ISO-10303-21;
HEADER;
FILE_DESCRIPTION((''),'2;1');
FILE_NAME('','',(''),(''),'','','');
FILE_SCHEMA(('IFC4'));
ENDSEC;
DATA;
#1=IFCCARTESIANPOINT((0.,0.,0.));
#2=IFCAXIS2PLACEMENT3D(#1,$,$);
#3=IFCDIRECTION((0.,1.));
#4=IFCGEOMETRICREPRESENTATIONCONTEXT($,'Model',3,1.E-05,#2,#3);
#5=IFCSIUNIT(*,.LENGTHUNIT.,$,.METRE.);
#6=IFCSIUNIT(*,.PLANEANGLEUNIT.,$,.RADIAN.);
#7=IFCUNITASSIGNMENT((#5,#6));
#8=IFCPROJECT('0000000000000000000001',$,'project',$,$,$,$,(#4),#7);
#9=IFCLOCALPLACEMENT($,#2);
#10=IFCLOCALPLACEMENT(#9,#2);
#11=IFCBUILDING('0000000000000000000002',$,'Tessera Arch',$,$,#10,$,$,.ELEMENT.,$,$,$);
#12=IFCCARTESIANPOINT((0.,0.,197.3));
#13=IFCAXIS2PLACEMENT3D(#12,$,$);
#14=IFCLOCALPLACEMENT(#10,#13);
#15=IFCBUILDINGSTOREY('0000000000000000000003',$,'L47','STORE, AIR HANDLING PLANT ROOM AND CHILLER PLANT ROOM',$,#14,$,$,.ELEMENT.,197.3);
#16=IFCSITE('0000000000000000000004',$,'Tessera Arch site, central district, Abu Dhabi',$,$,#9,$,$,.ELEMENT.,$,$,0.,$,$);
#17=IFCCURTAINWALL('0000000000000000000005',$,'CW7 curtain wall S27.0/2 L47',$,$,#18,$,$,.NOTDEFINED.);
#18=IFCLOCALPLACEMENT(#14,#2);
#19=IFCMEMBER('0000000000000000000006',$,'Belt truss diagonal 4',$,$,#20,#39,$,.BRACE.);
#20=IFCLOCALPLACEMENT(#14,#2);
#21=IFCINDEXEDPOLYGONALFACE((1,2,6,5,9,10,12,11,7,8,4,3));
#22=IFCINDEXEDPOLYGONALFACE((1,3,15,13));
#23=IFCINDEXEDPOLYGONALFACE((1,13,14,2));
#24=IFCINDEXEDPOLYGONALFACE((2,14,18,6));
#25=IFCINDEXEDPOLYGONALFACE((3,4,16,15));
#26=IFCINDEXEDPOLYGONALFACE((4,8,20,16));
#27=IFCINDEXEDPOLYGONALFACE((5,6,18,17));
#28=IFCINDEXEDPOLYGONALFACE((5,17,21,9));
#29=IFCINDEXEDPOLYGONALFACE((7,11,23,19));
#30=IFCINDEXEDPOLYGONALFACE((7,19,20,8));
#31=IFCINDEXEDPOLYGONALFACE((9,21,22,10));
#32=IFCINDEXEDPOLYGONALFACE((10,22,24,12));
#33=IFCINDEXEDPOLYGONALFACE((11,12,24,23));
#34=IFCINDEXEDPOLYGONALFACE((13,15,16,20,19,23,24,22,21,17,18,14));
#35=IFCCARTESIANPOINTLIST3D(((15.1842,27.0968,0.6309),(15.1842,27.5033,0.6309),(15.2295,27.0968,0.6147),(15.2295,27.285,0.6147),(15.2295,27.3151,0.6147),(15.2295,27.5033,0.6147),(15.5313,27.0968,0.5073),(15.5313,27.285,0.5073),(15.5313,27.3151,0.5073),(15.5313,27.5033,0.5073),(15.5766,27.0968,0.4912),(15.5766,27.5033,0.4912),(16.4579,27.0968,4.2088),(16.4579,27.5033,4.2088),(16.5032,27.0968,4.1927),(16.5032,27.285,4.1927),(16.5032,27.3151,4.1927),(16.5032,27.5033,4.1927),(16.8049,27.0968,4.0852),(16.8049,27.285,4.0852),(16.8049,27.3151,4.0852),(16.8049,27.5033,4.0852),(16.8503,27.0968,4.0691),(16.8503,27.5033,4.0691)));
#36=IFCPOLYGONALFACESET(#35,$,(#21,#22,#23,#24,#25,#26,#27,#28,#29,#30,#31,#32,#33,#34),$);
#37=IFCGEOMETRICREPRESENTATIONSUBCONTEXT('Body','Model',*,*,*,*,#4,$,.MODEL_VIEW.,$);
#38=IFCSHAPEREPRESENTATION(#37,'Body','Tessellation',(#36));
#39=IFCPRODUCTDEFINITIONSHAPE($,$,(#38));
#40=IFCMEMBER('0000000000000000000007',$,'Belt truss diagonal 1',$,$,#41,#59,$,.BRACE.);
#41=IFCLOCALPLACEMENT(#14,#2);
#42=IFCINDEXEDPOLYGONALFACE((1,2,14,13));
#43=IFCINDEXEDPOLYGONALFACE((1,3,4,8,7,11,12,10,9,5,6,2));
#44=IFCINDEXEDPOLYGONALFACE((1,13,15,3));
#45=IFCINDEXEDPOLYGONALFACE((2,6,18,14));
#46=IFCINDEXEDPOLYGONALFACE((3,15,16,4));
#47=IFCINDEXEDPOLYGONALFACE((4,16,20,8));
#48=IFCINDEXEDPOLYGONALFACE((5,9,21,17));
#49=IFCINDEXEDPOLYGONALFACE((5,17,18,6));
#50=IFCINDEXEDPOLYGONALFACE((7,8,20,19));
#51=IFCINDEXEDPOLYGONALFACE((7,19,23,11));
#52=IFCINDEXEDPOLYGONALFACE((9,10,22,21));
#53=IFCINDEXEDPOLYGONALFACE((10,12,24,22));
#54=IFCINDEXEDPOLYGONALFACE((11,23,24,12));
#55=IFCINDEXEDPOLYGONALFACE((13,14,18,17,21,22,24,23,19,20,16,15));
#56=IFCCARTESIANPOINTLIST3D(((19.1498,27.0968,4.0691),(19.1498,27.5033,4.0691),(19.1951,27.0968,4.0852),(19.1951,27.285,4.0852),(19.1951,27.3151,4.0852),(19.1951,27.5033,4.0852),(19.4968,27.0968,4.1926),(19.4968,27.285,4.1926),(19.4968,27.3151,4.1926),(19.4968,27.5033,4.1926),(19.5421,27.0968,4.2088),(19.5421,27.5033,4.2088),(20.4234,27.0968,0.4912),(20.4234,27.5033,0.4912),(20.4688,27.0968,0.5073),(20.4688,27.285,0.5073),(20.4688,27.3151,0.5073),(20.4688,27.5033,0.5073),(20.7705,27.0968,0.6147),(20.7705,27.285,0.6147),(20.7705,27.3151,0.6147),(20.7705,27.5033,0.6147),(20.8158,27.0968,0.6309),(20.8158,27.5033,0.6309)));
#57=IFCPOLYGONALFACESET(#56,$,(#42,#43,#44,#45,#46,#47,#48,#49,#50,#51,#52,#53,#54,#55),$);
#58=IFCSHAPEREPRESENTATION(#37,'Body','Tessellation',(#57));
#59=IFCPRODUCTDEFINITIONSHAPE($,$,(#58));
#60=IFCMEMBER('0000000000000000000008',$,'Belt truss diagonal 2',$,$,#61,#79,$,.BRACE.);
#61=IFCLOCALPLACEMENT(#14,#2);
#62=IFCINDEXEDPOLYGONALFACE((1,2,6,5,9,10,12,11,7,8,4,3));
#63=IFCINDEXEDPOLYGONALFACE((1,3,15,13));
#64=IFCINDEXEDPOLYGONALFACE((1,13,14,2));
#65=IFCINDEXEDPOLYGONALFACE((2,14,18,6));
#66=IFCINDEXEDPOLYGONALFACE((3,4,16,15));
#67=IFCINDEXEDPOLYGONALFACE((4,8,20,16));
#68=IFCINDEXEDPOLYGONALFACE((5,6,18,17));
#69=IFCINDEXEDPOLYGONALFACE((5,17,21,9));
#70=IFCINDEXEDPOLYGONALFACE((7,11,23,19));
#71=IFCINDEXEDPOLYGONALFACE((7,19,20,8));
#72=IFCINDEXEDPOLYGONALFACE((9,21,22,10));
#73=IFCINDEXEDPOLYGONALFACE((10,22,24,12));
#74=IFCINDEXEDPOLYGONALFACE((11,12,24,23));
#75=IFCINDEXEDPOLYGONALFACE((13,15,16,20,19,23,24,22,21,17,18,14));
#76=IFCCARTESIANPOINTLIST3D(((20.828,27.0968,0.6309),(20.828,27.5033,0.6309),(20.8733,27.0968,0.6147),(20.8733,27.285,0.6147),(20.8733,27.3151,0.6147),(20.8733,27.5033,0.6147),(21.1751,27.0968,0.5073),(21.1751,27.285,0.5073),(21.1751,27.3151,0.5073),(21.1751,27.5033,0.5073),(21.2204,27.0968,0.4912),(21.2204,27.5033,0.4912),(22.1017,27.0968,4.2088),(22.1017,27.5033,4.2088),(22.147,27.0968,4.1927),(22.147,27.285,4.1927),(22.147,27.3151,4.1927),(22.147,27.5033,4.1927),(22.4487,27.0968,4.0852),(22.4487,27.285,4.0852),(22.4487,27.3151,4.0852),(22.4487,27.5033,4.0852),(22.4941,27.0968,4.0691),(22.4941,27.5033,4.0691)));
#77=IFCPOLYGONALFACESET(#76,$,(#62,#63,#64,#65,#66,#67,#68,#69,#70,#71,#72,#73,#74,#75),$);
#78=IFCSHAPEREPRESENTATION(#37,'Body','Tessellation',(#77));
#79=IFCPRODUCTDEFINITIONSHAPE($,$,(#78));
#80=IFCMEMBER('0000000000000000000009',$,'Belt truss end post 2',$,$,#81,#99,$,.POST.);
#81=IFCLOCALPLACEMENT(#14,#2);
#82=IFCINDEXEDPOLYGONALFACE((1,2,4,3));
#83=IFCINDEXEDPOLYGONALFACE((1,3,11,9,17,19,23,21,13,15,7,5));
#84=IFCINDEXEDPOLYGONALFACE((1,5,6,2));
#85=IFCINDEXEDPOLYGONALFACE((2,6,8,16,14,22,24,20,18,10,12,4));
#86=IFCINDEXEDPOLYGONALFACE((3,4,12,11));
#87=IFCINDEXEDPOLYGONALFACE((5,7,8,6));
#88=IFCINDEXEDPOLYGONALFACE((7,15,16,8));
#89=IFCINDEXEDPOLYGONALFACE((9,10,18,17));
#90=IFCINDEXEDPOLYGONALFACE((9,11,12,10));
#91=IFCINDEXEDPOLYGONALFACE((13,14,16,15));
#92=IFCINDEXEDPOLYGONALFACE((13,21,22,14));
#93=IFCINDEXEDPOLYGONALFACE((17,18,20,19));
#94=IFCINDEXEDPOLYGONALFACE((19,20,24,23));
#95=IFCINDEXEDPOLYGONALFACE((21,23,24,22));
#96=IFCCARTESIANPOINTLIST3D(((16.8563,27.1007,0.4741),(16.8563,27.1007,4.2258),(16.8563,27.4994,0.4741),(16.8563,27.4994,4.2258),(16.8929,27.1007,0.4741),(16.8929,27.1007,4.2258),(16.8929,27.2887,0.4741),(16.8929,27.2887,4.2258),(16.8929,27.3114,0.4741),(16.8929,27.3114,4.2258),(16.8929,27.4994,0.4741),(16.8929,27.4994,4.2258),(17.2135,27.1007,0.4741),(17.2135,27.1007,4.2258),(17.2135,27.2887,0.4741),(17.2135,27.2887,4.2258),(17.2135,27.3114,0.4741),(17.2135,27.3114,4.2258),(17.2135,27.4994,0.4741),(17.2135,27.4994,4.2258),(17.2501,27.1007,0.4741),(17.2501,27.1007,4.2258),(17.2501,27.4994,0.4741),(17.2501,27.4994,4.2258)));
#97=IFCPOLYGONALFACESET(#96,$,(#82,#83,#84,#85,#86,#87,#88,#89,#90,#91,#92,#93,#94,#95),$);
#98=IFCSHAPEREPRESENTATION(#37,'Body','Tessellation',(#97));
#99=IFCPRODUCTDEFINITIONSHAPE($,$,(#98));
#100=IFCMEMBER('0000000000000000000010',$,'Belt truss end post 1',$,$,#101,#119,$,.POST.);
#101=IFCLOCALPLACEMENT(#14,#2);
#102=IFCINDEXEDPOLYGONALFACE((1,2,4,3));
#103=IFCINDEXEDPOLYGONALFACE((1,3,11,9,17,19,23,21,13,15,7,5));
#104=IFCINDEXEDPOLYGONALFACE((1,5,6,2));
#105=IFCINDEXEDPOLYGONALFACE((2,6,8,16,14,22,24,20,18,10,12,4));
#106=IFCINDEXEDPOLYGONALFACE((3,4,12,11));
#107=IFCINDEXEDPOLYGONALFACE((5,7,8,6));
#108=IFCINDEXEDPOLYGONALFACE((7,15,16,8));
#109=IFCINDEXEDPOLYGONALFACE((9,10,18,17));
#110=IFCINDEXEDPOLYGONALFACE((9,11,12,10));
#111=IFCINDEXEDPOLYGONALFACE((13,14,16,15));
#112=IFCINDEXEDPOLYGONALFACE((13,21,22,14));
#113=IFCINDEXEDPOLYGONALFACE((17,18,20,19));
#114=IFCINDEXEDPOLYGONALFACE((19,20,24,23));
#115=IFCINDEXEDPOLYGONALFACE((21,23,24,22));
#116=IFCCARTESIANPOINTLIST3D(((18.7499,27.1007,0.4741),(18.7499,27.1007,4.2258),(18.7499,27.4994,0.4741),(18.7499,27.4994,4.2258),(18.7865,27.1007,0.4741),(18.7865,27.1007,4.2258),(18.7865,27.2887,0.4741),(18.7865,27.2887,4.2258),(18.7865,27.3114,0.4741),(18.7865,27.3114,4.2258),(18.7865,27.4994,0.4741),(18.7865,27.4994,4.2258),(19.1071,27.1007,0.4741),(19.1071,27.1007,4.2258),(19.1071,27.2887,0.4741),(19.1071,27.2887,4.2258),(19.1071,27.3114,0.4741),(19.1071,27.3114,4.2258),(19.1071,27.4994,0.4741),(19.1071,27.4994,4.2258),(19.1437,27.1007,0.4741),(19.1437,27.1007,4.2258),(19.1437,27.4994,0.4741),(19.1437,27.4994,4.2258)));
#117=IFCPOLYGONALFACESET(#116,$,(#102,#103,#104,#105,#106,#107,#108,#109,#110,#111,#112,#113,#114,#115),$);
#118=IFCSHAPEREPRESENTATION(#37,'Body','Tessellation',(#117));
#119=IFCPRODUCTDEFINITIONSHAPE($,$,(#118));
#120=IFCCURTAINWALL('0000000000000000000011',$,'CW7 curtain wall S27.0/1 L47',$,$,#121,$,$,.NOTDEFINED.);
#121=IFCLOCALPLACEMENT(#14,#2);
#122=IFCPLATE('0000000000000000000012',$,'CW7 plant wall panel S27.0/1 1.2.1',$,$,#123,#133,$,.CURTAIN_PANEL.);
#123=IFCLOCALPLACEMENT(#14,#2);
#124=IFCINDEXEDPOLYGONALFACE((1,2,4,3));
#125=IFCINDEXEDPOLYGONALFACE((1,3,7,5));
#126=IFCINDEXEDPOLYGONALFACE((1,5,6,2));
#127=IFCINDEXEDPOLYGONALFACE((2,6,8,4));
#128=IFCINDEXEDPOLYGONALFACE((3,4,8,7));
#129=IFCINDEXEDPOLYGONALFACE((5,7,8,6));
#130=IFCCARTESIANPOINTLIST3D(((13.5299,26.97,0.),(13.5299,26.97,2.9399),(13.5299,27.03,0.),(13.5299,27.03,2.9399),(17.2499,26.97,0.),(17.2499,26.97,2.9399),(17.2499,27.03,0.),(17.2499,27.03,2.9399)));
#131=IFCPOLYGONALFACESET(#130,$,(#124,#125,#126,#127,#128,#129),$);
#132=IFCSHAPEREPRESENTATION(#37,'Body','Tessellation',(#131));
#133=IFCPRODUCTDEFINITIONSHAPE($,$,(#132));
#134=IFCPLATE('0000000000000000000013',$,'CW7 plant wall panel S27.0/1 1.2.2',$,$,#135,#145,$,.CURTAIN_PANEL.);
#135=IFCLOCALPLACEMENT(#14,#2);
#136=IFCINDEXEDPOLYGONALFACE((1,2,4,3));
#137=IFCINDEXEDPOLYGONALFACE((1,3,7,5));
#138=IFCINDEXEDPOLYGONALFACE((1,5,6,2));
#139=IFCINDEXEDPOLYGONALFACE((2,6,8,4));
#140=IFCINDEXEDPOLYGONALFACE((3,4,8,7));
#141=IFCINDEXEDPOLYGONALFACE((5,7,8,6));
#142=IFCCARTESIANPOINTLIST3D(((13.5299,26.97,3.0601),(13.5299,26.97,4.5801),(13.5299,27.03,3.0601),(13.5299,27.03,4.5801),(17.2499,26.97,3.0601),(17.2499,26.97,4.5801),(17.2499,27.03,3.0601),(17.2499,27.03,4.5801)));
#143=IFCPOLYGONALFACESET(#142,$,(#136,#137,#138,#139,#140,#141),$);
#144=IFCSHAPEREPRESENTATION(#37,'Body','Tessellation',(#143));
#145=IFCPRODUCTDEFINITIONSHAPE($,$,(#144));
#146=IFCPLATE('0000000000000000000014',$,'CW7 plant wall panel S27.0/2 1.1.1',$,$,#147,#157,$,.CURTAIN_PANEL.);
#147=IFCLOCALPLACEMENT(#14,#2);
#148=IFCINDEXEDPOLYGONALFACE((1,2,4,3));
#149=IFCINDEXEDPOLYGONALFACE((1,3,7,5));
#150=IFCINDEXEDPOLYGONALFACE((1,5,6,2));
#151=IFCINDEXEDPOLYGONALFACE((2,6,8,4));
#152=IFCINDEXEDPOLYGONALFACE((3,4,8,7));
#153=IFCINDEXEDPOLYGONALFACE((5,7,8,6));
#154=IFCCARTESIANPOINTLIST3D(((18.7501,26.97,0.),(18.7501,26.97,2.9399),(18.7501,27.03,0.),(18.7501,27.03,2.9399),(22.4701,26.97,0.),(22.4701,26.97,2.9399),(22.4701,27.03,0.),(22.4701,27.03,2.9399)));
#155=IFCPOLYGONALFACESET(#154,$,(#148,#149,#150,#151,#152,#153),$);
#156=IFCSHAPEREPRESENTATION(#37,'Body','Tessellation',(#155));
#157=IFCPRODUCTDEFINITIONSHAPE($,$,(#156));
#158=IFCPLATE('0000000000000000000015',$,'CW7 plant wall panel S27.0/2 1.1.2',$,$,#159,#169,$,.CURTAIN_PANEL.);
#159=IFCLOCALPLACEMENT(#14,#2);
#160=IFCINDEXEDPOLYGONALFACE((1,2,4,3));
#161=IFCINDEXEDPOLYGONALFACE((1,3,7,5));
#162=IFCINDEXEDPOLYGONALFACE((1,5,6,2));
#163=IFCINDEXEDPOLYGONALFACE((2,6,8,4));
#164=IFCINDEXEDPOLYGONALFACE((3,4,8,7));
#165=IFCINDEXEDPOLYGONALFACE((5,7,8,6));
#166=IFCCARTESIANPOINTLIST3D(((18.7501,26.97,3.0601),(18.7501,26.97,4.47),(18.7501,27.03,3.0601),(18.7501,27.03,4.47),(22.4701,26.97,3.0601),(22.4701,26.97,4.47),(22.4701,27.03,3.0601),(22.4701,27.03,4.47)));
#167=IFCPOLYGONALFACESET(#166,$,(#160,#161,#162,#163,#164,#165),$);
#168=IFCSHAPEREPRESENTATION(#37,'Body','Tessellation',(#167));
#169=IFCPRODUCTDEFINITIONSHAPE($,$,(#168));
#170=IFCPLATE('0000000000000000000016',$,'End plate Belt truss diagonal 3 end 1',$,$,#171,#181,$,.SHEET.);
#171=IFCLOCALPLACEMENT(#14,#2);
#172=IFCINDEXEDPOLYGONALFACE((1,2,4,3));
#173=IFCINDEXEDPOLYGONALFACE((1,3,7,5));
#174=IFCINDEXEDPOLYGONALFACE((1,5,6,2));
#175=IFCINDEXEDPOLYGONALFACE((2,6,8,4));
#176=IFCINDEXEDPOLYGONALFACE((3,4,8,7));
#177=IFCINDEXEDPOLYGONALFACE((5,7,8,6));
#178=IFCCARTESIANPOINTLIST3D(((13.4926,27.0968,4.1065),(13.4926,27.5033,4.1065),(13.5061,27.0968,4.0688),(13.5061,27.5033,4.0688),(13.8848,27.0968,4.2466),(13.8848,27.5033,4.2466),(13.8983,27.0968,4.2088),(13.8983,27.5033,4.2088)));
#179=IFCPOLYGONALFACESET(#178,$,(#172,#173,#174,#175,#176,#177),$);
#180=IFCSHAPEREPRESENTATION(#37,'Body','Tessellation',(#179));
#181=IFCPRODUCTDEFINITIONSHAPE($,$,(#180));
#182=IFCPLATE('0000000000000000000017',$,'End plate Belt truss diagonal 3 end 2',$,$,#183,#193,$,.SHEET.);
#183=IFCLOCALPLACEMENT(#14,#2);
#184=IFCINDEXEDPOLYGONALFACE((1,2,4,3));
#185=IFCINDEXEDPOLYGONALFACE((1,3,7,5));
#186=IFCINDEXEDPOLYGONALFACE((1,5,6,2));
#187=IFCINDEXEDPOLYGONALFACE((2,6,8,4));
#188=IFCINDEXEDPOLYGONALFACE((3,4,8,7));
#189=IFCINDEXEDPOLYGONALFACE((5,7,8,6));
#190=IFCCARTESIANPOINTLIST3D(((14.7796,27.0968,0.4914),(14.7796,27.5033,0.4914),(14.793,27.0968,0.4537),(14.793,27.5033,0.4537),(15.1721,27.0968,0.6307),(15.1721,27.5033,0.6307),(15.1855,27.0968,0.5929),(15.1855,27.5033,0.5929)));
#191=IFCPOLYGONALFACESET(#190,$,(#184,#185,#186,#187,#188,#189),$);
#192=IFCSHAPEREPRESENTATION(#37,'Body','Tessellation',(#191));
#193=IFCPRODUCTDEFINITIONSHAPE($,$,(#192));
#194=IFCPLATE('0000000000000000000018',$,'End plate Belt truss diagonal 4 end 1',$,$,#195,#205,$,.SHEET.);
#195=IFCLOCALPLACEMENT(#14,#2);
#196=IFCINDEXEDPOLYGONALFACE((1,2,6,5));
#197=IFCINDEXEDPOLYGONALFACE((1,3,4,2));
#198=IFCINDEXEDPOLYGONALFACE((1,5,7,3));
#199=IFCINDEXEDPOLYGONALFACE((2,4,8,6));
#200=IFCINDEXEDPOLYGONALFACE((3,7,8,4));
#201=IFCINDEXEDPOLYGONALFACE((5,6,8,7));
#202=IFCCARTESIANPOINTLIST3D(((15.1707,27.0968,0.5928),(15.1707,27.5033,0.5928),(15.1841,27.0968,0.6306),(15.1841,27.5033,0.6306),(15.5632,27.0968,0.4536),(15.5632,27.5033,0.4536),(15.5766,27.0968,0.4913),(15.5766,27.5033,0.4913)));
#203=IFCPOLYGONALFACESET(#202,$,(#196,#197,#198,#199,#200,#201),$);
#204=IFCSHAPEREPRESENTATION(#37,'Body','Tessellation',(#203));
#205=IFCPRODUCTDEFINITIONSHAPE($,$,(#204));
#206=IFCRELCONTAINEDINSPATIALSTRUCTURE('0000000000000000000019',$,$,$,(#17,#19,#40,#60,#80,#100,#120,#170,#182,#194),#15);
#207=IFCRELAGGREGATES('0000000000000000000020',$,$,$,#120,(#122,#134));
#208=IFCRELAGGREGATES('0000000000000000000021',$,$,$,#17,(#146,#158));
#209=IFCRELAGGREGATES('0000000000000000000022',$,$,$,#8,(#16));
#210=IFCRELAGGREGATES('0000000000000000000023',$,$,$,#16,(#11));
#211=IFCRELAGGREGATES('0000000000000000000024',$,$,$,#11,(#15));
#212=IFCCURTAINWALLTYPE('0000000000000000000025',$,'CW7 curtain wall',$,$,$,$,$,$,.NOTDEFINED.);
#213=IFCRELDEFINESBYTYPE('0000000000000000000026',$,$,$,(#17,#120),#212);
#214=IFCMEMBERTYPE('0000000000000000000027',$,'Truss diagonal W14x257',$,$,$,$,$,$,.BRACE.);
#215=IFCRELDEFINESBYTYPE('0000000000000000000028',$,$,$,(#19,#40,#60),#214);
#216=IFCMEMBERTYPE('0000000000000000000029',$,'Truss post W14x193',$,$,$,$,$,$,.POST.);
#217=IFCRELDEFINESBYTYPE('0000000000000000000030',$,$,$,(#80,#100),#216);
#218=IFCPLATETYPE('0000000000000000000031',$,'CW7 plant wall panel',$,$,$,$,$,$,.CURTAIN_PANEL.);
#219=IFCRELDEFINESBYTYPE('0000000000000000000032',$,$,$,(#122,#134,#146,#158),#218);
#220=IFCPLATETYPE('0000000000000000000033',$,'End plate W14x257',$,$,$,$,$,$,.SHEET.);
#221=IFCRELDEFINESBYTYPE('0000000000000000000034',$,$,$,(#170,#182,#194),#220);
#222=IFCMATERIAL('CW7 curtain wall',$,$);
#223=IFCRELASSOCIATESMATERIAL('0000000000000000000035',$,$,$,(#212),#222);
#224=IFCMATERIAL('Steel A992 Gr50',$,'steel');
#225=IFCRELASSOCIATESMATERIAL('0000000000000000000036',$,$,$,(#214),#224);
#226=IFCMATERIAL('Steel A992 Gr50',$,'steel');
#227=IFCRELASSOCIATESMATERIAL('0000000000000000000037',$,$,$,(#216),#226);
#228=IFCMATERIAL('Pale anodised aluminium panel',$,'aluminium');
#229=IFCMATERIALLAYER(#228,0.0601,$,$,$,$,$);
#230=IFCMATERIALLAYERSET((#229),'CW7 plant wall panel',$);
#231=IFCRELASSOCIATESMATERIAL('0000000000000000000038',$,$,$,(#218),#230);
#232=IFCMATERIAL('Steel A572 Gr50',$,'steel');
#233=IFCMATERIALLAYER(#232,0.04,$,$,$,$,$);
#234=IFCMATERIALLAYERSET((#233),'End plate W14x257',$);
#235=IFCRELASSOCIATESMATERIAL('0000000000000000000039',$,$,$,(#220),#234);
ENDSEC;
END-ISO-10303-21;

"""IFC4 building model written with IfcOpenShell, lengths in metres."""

from ifc_helpers import new_model, si_unit, direction, frame, origin, origin_2d, place, context, subcontext, project, spatial, rectangle, i_section, extrude, material, layer, layer_set, material_profile, profile_set, type_object, element, aggregate, save


model = new_model("IFC4")

# Units and contexts
model_context = context("Model", 3, precision=1e-05, world=origin(), true_north=direction((0.0, 1.0)))
body_context = subcontext(model_context, "Body", "Model", "MODEL_VIEW")
ifc_project = project(units=[si_unit("LENGTHUNIT", "METRE"), si_unit("PLANEANGLEUNIT", "RADIAN")], contexts=[model_context])

# Site, building, storey
site_placement = place(None, origin())
site = spatial("IfcSite", under=ifc_project, at=site_placement, Name="Tessera Arch site, central district, Abu Dhabi", CompositionType="ELEMENT", RefElevation=0.0)
building_placement = place(site_placement, origin())
building = spatial("IfcBuilding", under=site, at=building_placement, Name="Tessera Arch", CompositionType="ELEMENT")
storey_placement = place(building_placement, frame((0.0, 0.0, 197.3)))
storey = spatial("IfcBuildingStorey", under=building, at=storey_placement, Name="L47", Description="STORE, AIR HANDLING PLANT ROOM AND CHILLER PLANT ROOM", CompositionType="ELEMENT", Elevation=197.3)

# Curtain wall
ifc_material_1 = material(Name="CW7 curtain wall")
curtain_wall_type = type_object("IfcCurtainWallType", Name="CW7 curtain wall", PredefinedType="NOTDEFINED", material=ifc_material_1)
curtain_wall_1_placement = place(storey_placement, origin())
curtain_wall_1 = element("IfcCurtainWall", 1, at=curtain_wall_1_placement, inside=storey, type_object=curtain_wall_type, Name="CW7 curtain wall S27.0/2 L47", PredefinedType="NOTDEFINED")

# Members
ifc_material_2 = material(Name="Steel A992 Gr50", Category="steel")
ifc_material_profile_1 = material_profile(ifc_material_2, i_section(OverallWidth=0.4065, OverallDepth=0.4165, WebThickness=0.03, FlangeThickness=0.0481, at=origin_2d()), Name="W14x257")
ifc_profile_set_1 = profile_set([ifc_material_profile_1], Name="Steel A992 Gr50")
member_type_1 = type_object("IfcMemberType", Name="Truss diagonal W14x257", PredefinedType="BRACE", material=ifc_profile_set_1)
for number, where, z_axis, x_axis, name in (
    (2, (15.3804, 27.3, 0.561), (0.335371, 0.0, 0.942086), (0.0, 1.0, 0.0), "Belt truss diagonal 4"),
    (3, (19.3459, 27.3, 4.1389), (0.335371, 0.0, -0.942086), (0.0, 1.0, 0.0), "Belt truss diagonal 1"),
    (4, (21.0242, 27.3, 0.561), (0.335371, 0.0, 0.942086), (0.0, 1.0, 0.0), "Belt truss diagonal 2"),
):
    element("IfcMember", number, at=place(storey_placement, frame(where, z_axis=z_axis, x_axis=x_axis)), inside=storey, type_object=member_type_1, Name=name, PredefinedType="BRACE", context=body_context, shape_type="SweptSolid", body=[
        extrude(i_section(OverallWidth=0.4065, OverallDepth=0.4165, WebThickness=0.03, FlangeThickness=0.0481, at=origin_2d()), origin(), (0.0, 0.0, 1.0), 3.7979),
    ])
ifc_material_3 = material(Name="Steel A992 Gr50", Category="steel")
ifc_material_profile_2 = material_profile(ifc_material_3, i_section(OverallWidth=0.3987, OverallDepth=0.3938, WebThickness=0.0227, FlangeThickness=0.0366, at=origin_2d()), Name="W14x193")
ifc_profile_set_2 = profile_set([ifc_material_profile_2], Name="Steel A992 Gr50")
member_type_2 = type_object("IfcMemberType", Name="Truss post W14x193", PredefinedType="POST", material=ifc_profile_set_2)
for number, where, z_axis, x_axis, name in (
    (5, (17.0532, 27.3, 0.4741), (0.0, 0.0, 1.0), (0.0, 1.0, 0.0), "Belt truss end post 2"),
    (6, (18.9468, 27.3, 0.4741), (0.0, 0.0, 1.0), (0.0, 1.0, 0.0), "Belt truss end post 1"),
):
    element("IfcMember", number, at=place(storey_placement, frame(where, z_axis=z_axis, x_axis=x_axis)), inside=storey, type_object=member_type_2, Name=name, PredefinedType="POST", context=body_context, shape_type="SweptSolid", body=[
        extrude(i_section(OverallWidth=0.3987, OverallDepth=0.3938, WebThickness=0.0227, FlangeThickness=0.0366, at=origin_2d()), origin(), (0.0, 0.0, 1.0), 3.7517),
    ])

# Curtain wall, plates
curtain_wall_2_placement = place(storey_placement, origin())
curtain_wall_2 = element("IfcCurtainWall", 7, at=curtain_wall_2_placement, inside=storey, type_object=curtain_wall_type, Name="CW7 curtain wall S27.0/1 L47", PredefinedType="NOTDEFINED")
ifc_material_4 = material(Name="Pale anodised aluminium panel", Category="aluminium")
ifc_layer_1 = layer(ifc_material_4, 0.0601)
ifc_layer_set_1 = layer_set([ifc_layer_1], Name="CW7 plant wall panel")
plate_type_1 = type_object("IfcPlateType", Name="CW7 plant wall panel", PredefinedType="CURTAIN_PANEL", material=ifc_layer_set_1)
plate_1_placement = place(storey_placement, frame((15.3899, 27.0, 0.0), z_axis=(0.0, 0.0, 1.0), x_axis=(1.0, 0.0, 0.0)))
plate_1 = element("IfcPlate", 8, at=plate_1_placement, type_object=plate_type_1, Name="CW7 plant wall panel S27.0/1 1.2.1", PredefinedType="CURTAIN_PANEL", context=body_context, shape_type="SweptSolid", body=[
    extrude(rectangle(XDim=3.72, YDim=0.0601, at=origin_2d()), origin(), (0.0, 0.0, 1.0), 2.9399),
])
plate_2_placement = place(storey_placement, frame((15.3899, 27.0, 3.0601), z_axis=(0.0, 0.0, 1.0), x_axis=(1.0, 0.0, 0.0)))
plate_2 = element("IfcPlate", 9, at=plate_2_placement, type_object=plate_type_1, Name="CW7 plant wall panel S27.0/1 1.2.2", PredefinedType="CURTAIN_PANEL", context=body_context, shape_type="SweptSolid", body=[
    extrude(rectangle(XDim=3.72, YDim=0.0601, at=origin_2d()), origin(), (0.0, 0.0, 1.0), 1.52),
])
aggregate(curtain_wall_2, [plate_1, plate_2])

# Plates
plate_3_placement = place(storey_placement, frame((20.6101, 27.0, 0.0), z_axis=(0.0, 0.0, 1.0), x_axis=(1.0, 0.0, 0.0)))
plate_3 = element("IfcPlate", 10, at=plate_3_placement, type_object=plate_type_1, Name="CW7 plant wall panel S27.0/2 1.1.1", PredefinedType="CURTAIN_PANEL", context=body_context, shape_type="SweptSolid", body=[
    extrude(rectangle(XDim=3.72, YDim=0.0601, at=origin_2d()), origin(), (0.0, 0.0, 1.0), 2.9399),
])
plate_4_placement = place(storey_placement, frame((20.6101, 27.0, 3.0601), z_axis=(0.0, 0.0, 1.0), x_axis=(1.0, 0.0, 0.0)))
plate_4 = element("IfcPlate", 11, at=plate_4_placement, type_object=plate_type_1, Name="CW7 plant wall panel S27.0/2 1.1.2", PredefinedType="CURTAIN_PANEL", context=body_context, shape_type="SweptSolid", body=[
    extrude(rectangle(XDim=3.72, YDim=0.0601, at=origin_2d()), origin(), (0.0, 0.0, 1.0), 1.4099),
])
aggregate(curtain_wall_1, [plate_3, plate_4])

# Plates
ifc_material_5 = material(Name="Steel A572 Gr50", Category="steel")
ifc_layer_2 = layer(ifc_material_5, 0.04)
ifc_layer_set_2 = layer_set([ifc_layer_2], Name="End plate W14x257")
plate_type_2 = type_object("IfcPlateType", Name="End plate W14x257", PredefinedType="SHEET", material=ifc_layer_set_2)
for number, where, z_axis, x_axis, name in (
    (12, (13.6887, 27.3, 4.1765), (0.336336, 0.0, -0.941742), (0.0, 1.0, 0.0), "End plate Belt truss diagonal 3 end 1"),
    (13, (14.9758, 27.3, 0.561), (0.33441, 0.0, -0.942428), (0.0, 1.0, 0.0), "End plate Belt truss diagonal 3 end 2"),
    (14, (15.3669, 27.3, 0.5232), (0.33441, 0.0, 0.942428), (0.0, 1.0, 0.0), "End plate Belt truss diagonal 4 end 1"),
):
    element("IfcPlate", number, at=place(storey_placement, frame(where, z_axis=z_axis, x_axis=x_axis)), inside=storey, type_object=plate_type_2, Name=name, PredefinedType="SHEET", context=body_context, shape_type="SweptSolid", body=[
        extrude(rectangle(XDim=0.4065, YDim=0.4165, at=origin_2d()), origin(), (0.0, 0.0, 1.0), 0.04),
    ])

save(model, "model.ifc")
